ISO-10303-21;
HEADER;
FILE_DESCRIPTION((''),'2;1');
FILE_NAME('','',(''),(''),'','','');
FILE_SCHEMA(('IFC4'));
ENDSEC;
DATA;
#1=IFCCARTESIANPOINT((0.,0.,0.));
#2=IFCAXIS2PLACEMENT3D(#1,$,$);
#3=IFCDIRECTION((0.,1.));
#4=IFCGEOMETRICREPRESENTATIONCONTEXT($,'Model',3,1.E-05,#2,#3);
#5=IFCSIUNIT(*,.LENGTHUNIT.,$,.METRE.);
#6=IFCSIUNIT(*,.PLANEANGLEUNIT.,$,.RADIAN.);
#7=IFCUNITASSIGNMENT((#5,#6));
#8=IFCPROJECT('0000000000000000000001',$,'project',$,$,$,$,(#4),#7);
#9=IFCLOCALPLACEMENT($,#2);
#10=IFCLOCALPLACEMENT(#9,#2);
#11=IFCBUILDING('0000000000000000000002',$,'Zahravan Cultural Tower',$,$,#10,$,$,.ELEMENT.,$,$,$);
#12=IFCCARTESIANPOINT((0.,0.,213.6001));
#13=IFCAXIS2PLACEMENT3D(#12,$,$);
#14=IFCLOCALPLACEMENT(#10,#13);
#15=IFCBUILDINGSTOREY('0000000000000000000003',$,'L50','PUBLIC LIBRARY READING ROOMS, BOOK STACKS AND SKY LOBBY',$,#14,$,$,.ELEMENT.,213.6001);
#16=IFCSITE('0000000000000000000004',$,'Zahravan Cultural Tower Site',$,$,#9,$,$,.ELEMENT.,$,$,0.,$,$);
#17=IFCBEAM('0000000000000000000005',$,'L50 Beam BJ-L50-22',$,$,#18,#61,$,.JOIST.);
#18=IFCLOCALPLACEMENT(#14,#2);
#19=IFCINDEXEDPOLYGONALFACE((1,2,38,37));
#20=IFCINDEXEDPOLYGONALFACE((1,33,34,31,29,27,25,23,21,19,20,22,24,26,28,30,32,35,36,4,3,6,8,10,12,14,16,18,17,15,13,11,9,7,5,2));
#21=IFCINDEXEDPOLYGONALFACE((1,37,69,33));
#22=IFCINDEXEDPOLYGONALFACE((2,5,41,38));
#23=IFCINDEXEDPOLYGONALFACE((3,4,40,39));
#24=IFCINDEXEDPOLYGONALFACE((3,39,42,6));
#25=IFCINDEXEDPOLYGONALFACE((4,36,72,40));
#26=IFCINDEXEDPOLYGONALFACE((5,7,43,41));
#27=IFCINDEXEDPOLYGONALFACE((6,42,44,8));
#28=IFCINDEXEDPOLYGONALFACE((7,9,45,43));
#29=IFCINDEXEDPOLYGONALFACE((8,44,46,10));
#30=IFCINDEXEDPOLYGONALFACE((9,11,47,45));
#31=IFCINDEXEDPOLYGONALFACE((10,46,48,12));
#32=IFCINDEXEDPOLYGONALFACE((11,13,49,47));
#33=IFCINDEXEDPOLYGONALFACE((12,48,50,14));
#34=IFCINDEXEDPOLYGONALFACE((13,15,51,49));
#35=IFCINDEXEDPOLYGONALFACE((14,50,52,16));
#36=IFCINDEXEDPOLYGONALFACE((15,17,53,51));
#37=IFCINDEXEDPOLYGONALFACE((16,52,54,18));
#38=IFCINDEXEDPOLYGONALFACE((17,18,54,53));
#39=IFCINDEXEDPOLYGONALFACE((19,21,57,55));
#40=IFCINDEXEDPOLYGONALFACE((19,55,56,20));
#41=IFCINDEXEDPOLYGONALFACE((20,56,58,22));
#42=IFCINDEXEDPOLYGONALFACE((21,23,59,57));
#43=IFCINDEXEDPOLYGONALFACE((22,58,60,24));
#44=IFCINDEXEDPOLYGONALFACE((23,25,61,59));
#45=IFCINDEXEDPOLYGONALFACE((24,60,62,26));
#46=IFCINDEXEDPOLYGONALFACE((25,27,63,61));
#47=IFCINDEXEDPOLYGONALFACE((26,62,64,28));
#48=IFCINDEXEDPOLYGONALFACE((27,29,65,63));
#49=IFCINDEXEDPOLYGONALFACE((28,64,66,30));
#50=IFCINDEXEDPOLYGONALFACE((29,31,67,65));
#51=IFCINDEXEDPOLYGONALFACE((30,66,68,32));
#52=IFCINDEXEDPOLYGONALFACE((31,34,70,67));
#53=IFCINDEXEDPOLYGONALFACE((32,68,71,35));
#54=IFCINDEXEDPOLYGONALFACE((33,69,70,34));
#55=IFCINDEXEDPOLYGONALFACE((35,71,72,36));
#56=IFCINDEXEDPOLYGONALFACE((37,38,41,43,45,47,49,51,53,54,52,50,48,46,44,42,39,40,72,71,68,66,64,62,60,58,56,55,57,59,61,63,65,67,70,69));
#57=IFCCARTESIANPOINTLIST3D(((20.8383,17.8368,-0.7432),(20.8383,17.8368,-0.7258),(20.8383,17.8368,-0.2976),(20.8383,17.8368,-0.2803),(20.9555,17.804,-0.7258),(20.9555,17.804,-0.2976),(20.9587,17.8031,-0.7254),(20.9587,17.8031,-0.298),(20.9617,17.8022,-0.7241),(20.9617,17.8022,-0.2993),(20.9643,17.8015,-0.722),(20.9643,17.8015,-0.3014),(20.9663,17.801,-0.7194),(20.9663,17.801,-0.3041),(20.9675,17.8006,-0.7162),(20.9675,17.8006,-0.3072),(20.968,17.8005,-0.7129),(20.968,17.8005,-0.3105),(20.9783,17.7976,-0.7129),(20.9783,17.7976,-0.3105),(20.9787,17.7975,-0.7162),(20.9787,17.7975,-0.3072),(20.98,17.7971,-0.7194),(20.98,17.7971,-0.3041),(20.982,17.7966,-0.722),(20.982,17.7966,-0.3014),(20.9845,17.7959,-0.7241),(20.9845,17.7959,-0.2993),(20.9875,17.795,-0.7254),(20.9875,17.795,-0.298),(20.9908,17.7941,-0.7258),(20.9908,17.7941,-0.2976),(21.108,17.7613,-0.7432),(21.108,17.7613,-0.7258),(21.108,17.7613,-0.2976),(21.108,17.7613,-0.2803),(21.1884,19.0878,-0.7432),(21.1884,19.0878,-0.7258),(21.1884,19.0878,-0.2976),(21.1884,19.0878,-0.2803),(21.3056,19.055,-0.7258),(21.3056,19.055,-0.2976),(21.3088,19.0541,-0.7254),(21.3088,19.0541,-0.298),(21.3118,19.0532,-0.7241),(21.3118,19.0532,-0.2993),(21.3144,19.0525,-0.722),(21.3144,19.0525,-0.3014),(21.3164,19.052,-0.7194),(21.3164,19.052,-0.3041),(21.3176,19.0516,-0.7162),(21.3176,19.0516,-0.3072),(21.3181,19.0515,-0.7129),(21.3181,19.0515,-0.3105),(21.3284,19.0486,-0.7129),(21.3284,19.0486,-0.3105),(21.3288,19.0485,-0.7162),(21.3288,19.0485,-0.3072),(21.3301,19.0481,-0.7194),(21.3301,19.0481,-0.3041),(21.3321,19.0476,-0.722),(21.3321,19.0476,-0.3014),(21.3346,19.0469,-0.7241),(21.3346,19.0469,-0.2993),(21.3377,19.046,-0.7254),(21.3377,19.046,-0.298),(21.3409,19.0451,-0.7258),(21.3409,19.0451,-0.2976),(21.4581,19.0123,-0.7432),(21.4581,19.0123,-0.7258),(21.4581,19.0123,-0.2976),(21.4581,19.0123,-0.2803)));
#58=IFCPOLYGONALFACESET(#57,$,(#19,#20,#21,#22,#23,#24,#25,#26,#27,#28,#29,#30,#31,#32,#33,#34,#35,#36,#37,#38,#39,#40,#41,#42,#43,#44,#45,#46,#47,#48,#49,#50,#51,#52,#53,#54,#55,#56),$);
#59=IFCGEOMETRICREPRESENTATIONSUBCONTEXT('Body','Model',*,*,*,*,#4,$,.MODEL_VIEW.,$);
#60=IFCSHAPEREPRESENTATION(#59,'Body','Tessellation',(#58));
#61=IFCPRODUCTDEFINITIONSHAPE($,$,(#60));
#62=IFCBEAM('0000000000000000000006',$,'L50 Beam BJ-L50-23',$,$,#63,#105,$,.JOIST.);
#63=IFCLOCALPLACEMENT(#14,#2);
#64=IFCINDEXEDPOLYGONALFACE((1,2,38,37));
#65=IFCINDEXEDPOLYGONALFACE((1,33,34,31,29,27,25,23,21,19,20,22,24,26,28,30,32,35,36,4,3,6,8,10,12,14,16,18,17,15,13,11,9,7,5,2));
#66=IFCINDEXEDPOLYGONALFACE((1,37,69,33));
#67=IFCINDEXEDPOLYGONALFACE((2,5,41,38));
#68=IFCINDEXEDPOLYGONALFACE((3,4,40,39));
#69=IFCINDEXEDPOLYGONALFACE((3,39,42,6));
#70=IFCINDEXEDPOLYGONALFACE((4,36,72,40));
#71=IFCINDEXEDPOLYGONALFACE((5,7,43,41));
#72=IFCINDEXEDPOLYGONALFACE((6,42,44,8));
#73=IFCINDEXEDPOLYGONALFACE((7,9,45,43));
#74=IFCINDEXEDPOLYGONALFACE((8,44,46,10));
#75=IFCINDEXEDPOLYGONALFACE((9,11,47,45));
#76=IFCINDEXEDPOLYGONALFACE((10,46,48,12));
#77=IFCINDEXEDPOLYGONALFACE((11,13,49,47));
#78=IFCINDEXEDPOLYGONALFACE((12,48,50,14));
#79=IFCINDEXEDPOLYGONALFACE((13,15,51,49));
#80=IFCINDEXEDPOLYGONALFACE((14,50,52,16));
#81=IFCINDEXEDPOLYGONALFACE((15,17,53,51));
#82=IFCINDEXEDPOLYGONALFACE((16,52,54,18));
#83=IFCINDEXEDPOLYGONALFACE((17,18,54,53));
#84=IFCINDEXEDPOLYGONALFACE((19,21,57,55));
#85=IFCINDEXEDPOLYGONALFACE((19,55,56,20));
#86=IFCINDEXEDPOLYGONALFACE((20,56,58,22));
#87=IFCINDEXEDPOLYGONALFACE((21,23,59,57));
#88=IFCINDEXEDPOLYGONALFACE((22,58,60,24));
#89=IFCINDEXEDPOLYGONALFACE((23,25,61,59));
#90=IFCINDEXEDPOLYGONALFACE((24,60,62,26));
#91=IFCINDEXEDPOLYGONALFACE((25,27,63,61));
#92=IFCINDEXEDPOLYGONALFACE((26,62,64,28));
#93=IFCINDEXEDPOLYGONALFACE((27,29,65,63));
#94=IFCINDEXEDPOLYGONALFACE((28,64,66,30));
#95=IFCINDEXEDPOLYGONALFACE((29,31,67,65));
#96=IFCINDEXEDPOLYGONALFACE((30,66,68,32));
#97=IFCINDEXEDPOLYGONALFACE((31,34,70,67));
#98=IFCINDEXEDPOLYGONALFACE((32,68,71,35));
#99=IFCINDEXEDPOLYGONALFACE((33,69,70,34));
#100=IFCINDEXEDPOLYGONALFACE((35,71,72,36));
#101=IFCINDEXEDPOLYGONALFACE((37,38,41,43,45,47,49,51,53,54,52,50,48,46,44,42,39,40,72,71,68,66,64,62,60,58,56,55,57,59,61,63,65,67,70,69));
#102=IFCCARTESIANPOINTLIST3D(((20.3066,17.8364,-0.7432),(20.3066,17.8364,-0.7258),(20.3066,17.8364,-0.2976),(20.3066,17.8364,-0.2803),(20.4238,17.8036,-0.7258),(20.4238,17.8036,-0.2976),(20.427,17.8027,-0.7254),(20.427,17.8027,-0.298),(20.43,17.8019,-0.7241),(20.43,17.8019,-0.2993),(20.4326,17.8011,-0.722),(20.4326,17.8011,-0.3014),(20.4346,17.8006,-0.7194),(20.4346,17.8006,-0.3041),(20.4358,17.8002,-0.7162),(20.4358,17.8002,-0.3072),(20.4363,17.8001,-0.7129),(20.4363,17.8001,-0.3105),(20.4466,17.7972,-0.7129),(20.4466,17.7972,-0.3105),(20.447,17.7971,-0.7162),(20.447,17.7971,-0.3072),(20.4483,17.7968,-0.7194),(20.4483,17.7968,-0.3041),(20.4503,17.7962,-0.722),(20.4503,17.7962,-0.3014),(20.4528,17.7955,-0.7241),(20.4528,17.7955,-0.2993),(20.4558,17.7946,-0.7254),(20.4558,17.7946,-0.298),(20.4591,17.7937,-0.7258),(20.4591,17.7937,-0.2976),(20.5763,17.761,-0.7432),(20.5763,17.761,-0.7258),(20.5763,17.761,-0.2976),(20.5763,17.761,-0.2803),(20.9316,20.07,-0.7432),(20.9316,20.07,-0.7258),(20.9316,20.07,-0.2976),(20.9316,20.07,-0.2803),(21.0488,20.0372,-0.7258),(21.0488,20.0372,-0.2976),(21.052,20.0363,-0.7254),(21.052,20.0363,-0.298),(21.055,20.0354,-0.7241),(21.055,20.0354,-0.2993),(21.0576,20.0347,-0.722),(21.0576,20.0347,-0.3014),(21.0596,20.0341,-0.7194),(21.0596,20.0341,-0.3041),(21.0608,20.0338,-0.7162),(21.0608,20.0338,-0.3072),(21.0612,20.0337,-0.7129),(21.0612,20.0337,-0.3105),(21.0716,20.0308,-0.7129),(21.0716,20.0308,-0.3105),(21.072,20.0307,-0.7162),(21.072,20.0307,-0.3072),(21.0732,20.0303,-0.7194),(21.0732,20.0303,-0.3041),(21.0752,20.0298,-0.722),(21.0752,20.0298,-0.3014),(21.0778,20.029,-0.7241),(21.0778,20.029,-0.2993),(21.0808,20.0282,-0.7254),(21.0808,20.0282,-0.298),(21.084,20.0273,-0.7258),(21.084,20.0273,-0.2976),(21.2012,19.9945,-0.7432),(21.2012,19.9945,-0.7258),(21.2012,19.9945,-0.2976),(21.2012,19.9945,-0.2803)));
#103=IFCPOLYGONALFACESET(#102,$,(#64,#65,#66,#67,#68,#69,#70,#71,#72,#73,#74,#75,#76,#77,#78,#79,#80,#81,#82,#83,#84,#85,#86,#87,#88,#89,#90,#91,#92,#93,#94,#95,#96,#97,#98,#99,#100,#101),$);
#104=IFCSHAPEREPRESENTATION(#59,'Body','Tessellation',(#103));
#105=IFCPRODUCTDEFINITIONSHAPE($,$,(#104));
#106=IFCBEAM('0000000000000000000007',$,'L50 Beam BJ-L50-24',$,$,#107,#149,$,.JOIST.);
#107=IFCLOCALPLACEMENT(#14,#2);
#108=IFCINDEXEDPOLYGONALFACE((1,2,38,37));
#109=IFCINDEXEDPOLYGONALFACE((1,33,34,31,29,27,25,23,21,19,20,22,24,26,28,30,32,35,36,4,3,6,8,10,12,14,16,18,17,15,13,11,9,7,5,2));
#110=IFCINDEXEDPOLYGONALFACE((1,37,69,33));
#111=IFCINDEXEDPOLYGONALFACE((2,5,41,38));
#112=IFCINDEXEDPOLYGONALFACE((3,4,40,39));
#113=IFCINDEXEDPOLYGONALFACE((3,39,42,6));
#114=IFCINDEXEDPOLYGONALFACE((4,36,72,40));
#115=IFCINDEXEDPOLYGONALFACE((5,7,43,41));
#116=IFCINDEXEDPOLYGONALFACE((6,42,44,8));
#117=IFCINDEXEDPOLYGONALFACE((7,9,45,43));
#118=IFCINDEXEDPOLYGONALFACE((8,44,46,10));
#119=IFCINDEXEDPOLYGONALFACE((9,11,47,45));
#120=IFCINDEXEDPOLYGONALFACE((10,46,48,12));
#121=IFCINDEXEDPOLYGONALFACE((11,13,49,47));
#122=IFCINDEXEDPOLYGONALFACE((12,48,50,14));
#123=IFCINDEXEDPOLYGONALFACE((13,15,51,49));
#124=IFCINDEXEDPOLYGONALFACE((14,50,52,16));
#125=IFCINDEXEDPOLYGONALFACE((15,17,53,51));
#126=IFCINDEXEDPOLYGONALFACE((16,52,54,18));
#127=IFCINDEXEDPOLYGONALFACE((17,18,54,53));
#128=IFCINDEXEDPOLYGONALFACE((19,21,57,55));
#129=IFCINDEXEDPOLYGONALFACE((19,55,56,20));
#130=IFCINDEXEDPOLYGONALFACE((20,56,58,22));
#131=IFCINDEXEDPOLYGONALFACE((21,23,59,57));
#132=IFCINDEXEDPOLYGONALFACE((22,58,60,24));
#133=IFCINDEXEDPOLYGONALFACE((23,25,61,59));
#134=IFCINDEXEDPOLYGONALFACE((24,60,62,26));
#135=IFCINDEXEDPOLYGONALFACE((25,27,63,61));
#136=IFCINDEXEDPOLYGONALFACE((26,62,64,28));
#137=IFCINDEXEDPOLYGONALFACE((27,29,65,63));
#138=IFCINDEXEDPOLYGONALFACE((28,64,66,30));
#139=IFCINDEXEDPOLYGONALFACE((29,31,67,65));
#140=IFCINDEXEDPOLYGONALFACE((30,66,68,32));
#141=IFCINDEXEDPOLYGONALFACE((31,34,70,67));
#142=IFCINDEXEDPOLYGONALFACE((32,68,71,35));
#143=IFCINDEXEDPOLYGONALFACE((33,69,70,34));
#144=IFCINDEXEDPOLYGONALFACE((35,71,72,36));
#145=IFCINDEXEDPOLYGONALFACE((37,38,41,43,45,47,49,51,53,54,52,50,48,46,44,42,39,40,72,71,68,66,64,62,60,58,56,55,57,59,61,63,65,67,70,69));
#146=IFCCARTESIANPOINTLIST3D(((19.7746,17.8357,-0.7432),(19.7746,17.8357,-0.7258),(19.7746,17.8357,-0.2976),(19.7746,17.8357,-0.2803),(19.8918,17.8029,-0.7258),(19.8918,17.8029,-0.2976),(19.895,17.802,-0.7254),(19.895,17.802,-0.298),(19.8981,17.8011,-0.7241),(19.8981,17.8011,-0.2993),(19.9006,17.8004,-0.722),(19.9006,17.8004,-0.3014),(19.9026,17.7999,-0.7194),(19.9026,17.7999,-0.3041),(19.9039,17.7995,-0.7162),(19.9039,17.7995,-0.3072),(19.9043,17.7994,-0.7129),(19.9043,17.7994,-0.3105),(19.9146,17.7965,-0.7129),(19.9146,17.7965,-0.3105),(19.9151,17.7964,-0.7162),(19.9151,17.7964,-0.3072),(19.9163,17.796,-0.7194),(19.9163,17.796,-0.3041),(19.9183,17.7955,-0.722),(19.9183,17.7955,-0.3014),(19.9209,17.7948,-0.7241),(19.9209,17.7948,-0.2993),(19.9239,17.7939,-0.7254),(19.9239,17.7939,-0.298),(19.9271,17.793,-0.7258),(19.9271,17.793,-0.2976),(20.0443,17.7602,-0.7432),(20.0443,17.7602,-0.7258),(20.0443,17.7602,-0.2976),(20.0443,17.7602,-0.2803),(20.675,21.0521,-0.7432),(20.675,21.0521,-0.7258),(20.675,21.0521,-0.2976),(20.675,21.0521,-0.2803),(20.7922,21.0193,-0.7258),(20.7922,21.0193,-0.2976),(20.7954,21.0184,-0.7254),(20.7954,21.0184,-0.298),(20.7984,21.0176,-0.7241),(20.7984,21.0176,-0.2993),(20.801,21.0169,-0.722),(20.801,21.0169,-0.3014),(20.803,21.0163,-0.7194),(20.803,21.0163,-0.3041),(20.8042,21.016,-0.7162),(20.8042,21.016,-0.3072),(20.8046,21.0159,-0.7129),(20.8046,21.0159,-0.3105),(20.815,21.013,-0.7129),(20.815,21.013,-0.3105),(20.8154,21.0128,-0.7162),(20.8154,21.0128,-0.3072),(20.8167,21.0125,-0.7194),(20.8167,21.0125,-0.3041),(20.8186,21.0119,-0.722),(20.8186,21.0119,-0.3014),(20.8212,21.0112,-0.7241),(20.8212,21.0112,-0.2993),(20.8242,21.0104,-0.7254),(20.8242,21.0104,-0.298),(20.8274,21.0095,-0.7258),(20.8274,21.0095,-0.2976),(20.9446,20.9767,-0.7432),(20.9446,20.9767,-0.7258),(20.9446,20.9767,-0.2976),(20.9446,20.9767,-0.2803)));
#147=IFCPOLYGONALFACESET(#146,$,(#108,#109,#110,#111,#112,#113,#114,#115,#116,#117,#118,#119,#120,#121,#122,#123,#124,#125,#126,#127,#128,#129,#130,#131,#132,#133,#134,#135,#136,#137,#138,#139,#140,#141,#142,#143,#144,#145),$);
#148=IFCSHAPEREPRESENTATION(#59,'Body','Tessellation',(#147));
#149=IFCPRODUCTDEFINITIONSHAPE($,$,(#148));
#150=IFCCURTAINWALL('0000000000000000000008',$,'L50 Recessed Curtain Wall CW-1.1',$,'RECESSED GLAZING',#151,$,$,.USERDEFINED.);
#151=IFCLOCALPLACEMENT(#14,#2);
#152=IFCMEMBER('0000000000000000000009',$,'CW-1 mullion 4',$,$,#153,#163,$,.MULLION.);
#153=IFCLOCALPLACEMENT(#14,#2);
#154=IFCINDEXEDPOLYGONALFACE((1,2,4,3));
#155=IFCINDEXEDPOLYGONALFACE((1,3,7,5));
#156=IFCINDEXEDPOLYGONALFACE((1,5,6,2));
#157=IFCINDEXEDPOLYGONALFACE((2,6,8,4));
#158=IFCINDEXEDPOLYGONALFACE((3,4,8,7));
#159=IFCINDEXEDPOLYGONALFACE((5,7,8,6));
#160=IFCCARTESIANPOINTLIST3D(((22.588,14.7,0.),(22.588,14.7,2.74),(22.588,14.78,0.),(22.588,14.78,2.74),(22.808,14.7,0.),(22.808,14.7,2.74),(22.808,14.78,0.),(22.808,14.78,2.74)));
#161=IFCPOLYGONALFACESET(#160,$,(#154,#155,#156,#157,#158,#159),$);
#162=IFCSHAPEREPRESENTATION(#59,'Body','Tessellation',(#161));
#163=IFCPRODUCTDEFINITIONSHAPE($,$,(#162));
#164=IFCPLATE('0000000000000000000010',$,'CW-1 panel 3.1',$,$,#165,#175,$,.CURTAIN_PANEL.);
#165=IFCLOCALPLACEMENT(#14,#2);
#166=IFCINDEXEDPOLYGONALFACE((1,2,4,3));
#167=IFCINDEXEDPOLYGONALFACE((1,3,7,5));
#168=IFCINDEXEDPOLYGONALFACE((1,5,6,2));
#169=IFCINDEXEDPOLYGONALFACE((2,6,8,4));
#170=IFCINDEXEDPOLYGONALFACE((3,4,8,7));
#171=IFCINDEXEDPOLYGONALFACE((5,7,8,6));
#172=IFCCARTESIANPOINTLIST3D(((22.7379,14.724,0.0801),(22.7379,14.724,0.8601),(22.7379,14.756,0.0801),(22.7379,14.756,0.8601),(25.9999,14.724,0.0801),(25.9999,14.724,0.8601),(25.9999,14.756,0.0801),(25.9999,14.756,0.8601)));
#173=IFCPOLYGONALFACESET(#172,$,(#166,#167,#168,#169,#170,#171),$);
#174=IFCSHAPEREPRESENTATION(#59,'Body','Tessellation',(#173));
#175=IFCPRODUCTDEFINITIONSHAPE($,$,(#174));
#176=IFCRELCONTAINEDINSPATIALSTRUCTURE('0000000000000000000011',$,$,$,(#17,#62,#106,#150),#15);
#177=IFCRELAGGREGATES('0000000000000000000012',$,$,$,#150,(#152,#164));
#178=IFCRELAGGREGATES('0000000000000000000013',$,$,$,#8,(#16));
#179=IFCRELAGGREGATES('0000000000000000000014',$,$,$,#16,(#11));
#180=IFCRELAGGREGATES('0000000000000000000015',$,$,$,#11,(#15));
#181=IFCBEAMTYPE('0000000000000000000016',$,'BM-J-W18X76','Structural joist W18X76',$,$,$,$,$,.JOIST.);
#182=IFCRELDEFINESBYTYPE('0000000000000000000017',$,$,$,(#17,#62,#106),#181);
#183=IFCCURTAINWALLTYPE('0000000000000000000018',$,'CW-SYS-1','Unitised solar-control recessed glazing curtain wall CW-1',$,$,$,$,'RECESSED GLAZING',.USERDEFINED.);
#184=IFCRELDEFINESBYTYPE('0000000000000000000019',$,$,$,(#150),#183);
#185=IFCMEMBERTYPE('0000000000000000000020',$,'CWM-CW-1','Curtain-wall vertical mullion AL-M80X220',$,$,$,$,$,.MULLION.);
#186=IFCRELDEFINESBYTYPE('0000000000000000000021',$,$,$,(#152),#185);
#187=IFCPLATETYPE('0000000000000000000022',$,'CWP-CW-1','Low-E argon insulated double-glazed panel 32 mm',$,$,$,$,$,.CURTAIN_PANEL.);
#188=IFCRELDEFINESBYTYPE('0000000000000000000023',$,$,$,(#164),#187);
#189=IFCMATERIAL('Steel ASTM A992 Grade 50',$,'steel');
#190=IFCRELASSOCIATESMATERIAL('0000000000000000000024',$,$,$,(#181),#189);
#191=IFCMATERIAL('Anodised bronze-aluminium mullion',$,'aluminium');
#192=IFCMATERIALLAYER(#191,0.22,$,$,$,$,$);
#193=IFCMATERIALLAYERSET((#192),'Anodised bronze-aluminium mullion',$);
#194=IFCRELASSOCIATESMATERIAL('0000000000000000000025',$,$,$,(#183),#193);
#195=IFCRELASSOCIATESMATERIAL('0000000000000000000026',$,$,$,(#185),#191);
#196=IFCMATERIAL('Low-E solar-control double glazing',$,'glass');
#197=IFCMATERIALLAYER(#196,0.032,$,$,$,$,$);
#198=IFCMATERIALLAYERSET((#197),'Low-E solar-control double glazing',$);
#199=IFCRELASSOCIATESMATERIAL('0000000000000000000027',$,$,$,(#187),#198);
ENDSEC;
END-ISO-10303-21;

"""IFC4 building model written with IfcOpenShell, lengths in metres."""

from ifc_helpers import new_model, si_unit, direction, frame, origin, origin_2d, place, context, subcontext, project, spatial, rectangle, i_section, extrude, source, transform, mapped, material, layer, layer_set, material_profile, profile_set, type_object, element, aggregate, save


model = new_model("IFC4")

# Units and contexts
model_context = context("Model", 3, precision=1e-05, world=origin(), true_north=direction((0.0, 1.0)))
body_context = subcontext(model_context, "Body", "Model", "MODEL_VIEW")
ifc_project = project(units=[si_unit("LENGTHUNIT", "METRE"), si_unit("PLANEANGLEUNIT", "RADIAN")], contexts=[model_context])

# Site, building, storey
site_placement = place(None, origin())
site = spatial("IfcSite", under=ifc_project, at=site_placement, Name="Zahravan Cultural Tower Site", CompositionType="ELEMENT", RefElevation=0.0)
building_placement = place(site_placement, origin())
building = spatial("IfcBuilding", under=site, at=building_placement, Name="Zahravan Cultural Tower", CompositionType="ELEMENT")
storey_placement = place(building_placement, frame((0.0, 0.0, 213.6001)))
storey = spatial("IfcBuildingStorey", under=building, at=storey_placement, Name="L50", Description="PUBLIC LIBRARY READING ROOMS, BOOK STACKS AND SKY LOBBY", CompositionType="ELEMENT", Elevation=213.6001)

# Beams
ifc_material_1 = material(Name="Steel ASTM A992 Grade 50", Category="steel")
ifc_material_profile_1 = material_profile(ifc_material_1, i_section(OverallWidth=0.28, OverallDepth=0.4629, WebThickness=0.0107, FlangeThickness=0.0173, FilletRadius=0.0129, at=origin_2d()), Name="W18X76")
ifc_profile_set_1 = profile_set([ifc_material_profile_1], Name="Steel ASTM A992 Grade 50")
beam_type_1 = type_object("IfcBeamType", Name="BM-J-W18X76", Description="Structural joist W18X76", PredefinedType="JOIST", material=ifc_profile_set_1)
shared_shape_1 = source(origin(), body_context, "Body", "SweptSolid", [
    extrude(i_section(OverallWidth=0.28, OverallDepth=0.4629, WebThickness=0.0107, FlangeThickness=0.0173, FilletRadius=0.0129, at=origin_2d()), origin(), (0.0, 0.0, 1.0), 1.2991),
])
beam_1_placement = place(storey_placement, frame((21.3232, 19.05, -0.5117), z_axis=(-0.269504, -0.962999, 0.0), x_axis=(0.962999, -0.269504, 0.0)))
element("IfcBeam", 1, at=beam_1_placement, inside=storey, type_object=beam_type_1, Name="L50 Beam BJ-L50-22", PredefinedType="JOIST", context=body_context, shape_type="MappedRepresentation", body=[
    mapped(shared_shape_1, transform((0.0, 0.0, 0.0), x_axis=(1.0, 0.0, 0.0), y_axis=(0.0, 1.0, 0.0), z_axis=(0.0, 0.0, 1.0), scale=1.0)),
])
shared_shape_2 = source(origin(), body_context, "Body", "SweptSolid", [
    extrude(i_section(OverallWidth=0.28, OverallDepth=0.4629, WebThickness=0.0107, FlangeThickness=0.0173, FilletRadius=0.0129, at=origin_2d()), origin(), (0.0, 0.0, 1.0), 2.3193),
])
beam_2_placement = place(storey_placement, frame((21.0664, 20.0322, -0.5117), z_axis=(-0.269462, -0.963011, 0.0), x_axis=(0.963011, -0.269462, 0.0)))
element("IfcBeam", 2, at=beam_2_placement, inside=storey, type_object=beam_type_1, Name="L50 Beam BJ-L50-23", PredefinedType="JOIST", context=body_context, shape_type="MappedRepresentation", body=[
    mapped(shared_shape_2, transform((0.0, 0.0, 0.0), x_axis=(1.0, 0.0, 0.0), y_axis=(0.0, 1.0, 0.0), z_axis=(0.0, 0.0, 1.0), scale=1.0)),
])
shared_shape_3 = source(origin(), body_context, "Body", "SweptSolid", [
    extrude(i_section(OverallWidth=0.28, OverallDepth=0.4629, WebThickness=0.0107, FlangeThickness=0.0173, FilletRadius=0.0129, at=origin_2d()), origin(), (0.0, 0.0, 1.0), 3.3401),
])
beam_3_placement = place(storey_placement, frame((20.8098, 21.0144, -0.5117), z_axis=(-0.269562, -0.962983, 0.0), x_axis=(0.962983, -0.269562, 0.0)))
element("IfcBeam", 3, at=beam_3_placement, inside=storey, type_object=beam_type_1, Name="L50 Beam BJ-L50-24", PredefinedType="JOIST", context=body_context, shape_type="MappedRepresentation", body=[
    mapped(shared_shape_3, transform((0.0, 0.0, 0.0), x_axis=(1.0, 0.0, 0.0), y_axis=(0.0, 1.0, 0.0), z_axis=(0.0, 0.0, 1.0), scale=1.0)),
])

# Curtain wall, member, plate
ifc_material_2 = material(Name="Anodised bronze-aluminium mullion", Category="aluminium")
ifc_layer_1 = layer(ifc_material_2, 0.22)
ifc_layer_set_1 = layer_set([ifc_layer_1], Name="Anodised bronze-aluminium mullion")
curtain_wall_type = type_object("IfcCurtainWallType", Name="CW-SYS-1", Description="Unitised solar-control recessed glazing curtain wall CW-1", ElementType="RECESSED GLAZING", PredefinedType="USERDEFINED", material=ifc_layer_set_1)
curtain_wall_placement = place(storey_placement, origin())
curtain_wall = element("IfcCurtainWall", 4, at=curtain_wall_placement, inside=storey, type_object=curtain_wall_type, Name="L50 Recessed Curtain Wall CW-1.1", ObjectType="RECESSED GLAZING", PredefinedType="USERDEFINED")
ifc_material_profile_2 = material_profile(ifc_material_2, rectangle(XDim=0.0801, YDim=0.22, at=origin_2d()), Name="AL-M80X220")
ifc_profile_set_2 = profile_set([ifc_material_profile_2], Name="Anodised bronze-aluminium mullion")
member_type = type_object("IfcMemberType", Name="CWM-CW-1", Description="Curtain-wall vertical mullion AL-M80X220", PredefinedType="MULLION", material=ifc_profile_set_2)
shared_shape_4 = source(origin(), body_context, "Body", "SweptSolid", [
    extrude(rectangle(XDim=0.0801, YDim=0.22, at=origin_2d()), origin(), (0.0, 0.0, 1.0), 2.74),
])
member_placement = place(storey_placement, frame((22.698, 14.74, 0.0), z_axis=(0.0, 0.0, 1.0), x_axis=(0.0, -1.0, 0.0)))
member = element("IfcMember", 5, at=member_placement, type_object=member_type, Name="CW-1 mullion 4", PredefinedType="MULLION", context=body_context, shape_type="MappedRepresentation", body=[
    mapped(shared_shape_4, transform((0.0, 0.0, 0.0), x_axis=(1.0, 0.0, 0.0), y_axis=(0.0, 1.0, 0.0), z_axis=(0.0, 0.0, 1.0), scale=1.0)),
])
ifc_material_3 = material(Name="Low-E solar-control double glazing", Category="glass")
ifc_layer_2 = layer(ifc_material_3, 0.032)
ifc_layer_set_2 = layer_set([ifc_layer_2], Name="Low-E solar-control double glazing")
plate_type = type_object("IfcPlateType", Name="CWP-CW-1", Description="Low-E argon insulated double-glazed panel 32 mm", PredefinedType="CURTAIN_PANEL", material=ifc_layer_set_2)
shared_shape_5 = source(origin(), body_context, "Body", "SweptSolid", [
    extrude(rectangle(XDim=3.262, YDim=0.032, at=origin_2d()), origin(), (0.0, 0.0, 1.0), 0.78),
])
plate_1_placement = place(storey_placement, frame((24.3689, 14.74, 0.0801), z_axis=(0.0, 0.0, 1.0), x_axis=(-1.0, 0.0, 0.0)))
plate_1 = element("IfcPlate", 6, at=plate_1_placement, type_object=plate_type, Name="CW-1 panel 3.1", PredefinedType="CURTAIN_PANEL", context=body_context, shape_type="MappedRepresentation", body=[
    mapped(shared_shape_5, transform((0.0, 0.0, 0.0), x_axis=(1.0, 0.0, 0.0), y_axis=(0.0, 1.0, 0.0), z_axis=(0.0, 0.0, 1.0), scale=1.0)),
])
aggregate(curtain_wall, [member, plate_1])

save(model, "model.ifc")
